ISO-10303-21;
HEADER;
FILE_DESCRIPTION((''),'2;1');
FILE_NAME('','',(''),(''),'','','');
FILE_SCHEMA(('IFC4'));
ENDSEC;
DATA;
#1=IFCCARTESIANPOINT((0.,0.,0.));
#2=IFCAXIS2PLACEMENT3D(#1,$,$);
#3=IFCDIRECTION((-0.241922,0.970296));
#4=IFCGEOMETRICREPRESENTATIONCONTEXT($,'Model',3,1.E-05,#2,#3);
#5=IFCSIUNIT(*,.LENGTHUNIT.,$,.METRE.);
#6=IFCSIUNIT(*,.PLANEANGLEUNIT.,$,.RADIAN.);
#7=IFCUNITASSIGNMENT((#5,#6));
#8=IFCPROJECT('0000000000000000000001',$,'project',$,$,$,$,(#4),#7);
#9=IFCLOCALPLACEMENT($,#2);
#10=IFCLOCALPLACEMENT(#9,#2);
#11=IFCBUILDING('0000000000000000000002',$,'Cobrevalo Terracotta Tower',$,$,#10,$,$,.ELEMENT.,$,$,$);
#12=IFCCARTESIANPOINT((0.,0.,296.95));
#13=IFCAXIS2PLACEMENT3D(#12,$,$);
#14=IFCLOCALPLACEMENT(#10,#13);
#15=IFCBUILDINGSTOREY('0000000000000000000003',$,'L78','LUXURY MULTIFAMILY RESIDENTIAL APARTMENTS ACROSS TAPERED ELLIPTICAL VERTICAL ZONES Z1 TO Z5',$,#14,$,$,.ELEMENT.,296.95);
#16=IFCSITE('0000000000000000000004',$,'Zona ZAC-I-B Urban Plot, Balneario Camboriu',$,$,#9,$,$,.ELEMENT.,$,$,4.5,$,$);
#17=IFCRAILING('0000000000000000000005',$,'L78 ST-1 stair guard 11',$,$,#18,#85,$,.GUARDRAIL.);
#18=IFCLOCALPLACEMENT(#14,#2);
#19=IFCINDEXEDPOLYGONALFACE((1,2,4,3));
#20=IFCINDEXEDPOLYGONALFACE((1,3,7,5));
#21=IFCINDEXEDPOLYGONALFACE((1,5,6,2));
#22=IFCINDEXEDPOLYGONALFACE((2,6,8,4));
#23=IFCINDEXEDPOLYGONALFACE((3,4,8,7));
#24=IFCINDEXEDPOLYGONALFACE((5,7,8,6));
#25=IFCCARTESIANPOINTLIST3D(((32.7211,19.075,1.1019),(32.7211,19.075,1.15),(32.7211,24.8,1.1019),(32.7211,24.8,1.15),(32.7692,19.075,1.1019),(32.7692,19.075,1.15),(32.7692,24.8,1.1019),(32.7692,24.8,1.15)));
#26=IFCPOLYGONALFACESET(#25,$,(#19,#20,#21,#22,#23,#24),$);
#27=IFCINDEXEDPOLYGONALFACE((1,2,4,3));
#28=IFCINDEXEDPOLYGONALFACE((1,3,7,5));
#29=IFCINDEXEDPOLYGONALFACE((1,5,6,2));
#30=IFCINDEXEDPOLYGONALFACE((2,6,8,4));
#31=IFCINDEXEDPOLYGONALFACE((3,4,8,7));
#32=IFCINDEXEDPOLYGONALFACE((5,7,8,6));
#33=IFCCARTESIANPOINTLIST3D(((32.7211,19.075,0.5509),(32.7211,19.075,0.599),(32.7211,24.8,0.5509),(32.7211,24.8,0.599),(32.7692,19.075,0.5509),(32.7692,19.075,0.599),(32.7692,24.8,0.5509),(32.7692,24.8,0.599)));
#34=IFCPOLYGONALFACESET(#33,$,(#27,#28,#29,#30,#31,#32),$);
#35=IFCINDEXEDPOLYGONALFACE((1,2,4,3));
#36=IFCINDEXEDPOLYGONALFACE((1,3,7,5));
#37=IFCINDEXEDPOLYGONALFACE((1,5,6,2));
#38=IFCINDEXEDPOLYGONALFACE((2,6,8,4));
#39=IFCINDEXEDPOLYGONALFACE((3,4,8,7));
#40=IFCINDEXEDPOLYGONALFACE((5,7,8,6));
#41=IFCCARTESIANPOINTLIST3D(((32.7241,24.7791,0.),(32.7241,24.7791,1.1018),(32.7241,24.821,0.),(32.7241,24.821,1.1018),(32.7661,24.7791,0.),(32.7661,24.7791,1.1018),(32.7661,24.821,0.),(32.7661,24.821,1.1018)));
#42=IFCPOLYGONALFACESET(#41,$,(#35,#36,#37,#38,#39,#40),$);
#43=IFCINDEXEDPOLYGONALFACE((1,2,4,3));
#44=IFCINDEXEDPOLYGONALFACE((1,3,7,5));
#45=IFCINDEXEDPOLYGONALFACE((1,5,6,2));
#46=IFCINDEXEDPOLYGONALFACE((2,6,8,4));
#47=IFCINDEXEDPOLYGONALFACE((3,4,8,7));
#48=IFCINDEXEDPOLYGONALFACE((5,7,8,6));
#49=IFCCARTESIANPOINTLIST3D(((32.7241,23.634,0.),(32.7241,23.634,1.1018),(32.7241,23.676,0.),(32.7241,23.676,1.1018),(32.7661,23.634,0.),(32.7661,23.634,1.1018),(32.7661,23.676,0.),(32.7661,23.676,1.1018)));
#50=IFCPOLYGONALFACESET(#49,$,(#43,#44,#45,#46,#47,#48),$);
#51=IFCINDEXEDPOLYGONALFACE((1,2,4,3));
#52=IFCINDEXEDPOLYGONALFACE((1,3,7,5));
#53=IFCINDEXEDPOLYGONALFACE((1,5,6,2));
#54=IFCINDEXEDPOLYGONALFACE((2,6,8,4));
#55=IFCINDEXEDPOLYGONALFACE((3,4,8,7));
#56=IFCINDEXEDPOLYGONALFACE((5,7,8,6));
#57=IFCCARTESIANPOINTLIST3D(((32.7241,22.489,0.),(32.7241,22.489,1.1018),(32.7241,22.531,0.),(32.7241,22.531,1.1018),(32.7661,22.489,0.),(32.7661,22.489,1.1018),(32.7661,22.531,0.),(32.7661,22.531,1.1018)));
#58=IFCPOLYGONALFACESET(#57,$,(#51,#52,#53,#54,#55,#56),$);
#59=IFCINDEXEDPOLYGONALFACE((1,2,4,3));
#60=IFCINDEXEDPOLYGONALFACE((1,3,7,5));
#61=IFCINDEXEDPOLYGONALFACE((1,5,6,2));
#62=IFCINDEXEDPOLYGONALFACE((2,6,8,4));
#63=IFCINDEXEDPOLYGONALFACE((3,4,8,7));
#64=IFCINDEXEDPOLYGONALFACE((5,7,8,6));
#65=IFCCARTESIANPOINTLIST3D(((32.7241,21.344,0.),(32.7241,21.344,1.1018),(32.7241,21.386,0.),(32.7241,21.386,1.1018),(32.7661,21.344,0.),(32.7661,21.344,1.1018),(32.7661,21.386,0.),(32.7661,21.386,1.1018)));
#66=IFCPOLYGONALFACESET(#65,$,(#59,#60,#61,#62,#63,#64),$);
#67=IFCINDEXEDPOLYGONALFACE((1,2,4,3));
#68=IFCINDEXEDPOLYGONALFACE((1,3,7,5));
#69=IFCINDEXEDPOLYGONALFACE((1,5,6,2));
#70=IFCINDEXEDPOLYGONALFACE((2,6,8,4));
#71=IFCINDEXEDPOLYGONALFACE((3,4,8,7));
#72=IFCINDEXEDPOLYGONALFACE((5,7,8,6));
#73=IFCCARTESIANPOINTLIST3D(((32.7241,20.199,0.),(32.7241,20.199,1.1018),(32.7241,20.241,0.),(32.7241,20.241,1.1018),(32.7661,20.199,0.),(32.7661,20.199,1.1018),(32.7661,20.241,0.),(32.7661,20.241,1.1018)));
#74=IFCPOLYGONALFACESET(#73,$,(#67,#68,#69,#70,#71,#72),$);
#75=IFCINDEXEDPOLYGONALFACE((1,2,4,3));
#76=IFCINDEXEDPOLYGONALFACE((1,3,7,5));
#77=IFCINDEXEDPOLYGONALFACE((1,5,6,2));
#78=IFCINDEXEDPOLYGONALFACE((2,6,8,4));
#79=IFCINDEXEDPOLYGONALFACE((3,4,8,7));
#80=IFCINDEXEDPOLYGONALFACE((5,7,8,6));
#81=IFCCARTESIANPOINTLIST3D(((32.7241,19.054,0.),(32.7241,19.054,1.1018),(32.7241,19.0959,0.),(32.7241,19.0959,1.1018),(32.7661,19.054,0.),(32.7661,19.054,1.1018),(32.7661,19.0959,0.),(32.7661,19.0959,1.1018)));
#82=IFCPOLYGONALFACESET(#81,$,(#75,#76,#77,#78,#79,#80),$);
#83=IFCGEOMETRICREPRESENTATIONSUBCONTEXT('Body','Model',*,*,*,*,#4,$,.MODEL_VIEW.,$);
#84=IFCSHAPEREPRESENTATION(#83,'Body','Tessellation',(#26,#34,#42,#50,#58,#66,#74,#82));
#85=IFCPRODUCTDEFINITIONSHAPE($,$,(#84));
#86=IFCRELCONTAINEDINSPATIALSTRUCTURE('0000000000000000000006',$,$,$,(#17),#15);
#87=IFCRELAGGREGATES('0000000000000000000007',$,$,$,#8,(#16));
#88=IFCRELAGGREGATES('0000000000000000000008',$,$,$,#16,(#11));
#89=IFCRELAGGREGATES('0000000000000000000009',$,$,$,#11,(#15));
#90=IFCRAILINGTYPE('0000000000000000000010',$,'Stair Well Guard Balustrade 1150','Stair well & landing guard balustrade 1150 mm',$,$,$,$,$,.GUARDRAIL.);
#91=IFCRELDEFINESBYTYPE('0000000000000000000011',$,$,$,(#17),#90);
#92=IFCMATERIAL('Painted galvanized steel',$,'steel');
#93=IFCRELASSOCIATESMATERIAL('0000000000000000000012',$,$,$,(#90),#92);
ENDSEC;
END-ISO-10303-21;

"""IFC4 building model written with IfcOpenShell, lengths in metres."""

from ifc_helpers import new_model, si_unit, direction, frame, origin, origin_2d, place, context, subcontext, project, spatial, rectangle, extrude, material, type_object, element, save


model = new_model("IFC4")

# Units and contexts
model_context = context("Model", 3, precision=1e-05, world=origin(), true_north=direction((-0.241922, 0.970296)))
body_context = subcontext(model_context, "Body", "Model", "MODEL_VIEW")
ifc_project = project(units=[si_unit("LENGTHUNIT", "METRE"), si_unit("PLANEANGLEUNIT", "RADIAN")], contexts=[model_context])

# Site, building, storey
site_placement = place(None, origin())
site = spatial("IfcSite", under=ifc_project, at=site_placement, Name="Zona ZAC-I-B Urban Plot, Balneario Camboriu", CompositionType="ELEMENT", RefElevation=4.5)
building_placement = place(site_placement, origin())
building = spatial("IfcBuilding", under=site, at=building_placement, Name="Cobrevalo Terracotta Tower", CompositionType="ELEMENT")
storey_placement = place(building_placement, frame((0.0, 0.0, 296.95)))
storey = spatial("IfcBuildingStorey", under=building, at=storey_placement, Name="L78", Description="LUXURY MULTIFAMILY RESIDENTIAL APARTMENTS ACROSS TAPERED ELLIPTICAL VERTICAL ZONES Z1 TO Z5", CompositionType="ELEMENT", Elevation=296.95)

# Railing
ifc_material_1 = material(Name="Painted galvanized steel", Category="steel")
railing_type_1 = type_object("IfcRailingType", Name="Stair Well Guard Balustrade 1150", Description="Stair well & landing guard balustrade 1150 mm", PredefinedType="GUARDRAIL", material=ifc_material_1)
for number, where, name in (
    (1, (32.7451, 24.8, 0.0), "L78 ST-1 stair guard 11"),
):
    element("IfcRailing", number, at=place(storey_placement, frame(where)), inside=storey, type_object=railing_type_1, Name=name, PredefinedType="GUARDRAIL", context=body_context, shape_type="SweptSolid", body=[
        extrude(rectangle(XDim=0.0481, YDim=0.0481, at=origin_2d()), frame((0.0, 0.0, 1.126), z_axis=(0.0, -1.0, 0.0), x_axis=(1.0, 0.0, 0.0)), (0.0, 0.0, 1.0), 5.7251),
        extrude(rectangle(XDim=0.0481, YDim=0.0481, at=origin_2d()), frame((0.0, 0.0, 0.575), z_axis=(0.0, -1.0, 0.0), x_axis=(1.0, 0.0, 0.0)), (0.0, 0.0, 1.0), 5.7251),
        extrude(rectangle(XDim=0.042, YDim=0.042, at=origin_2d()), origin(), (0.0, 0.0, 1.0), 1.1018),
        extrude(rectangle(XDim=0.042, YDim=0.042, at=origin_2d()), frame((0.0, -1.145, 0.0)), (0.0, 0.0, 1.0), 1.1018),
        extrude(rectangle(XDim=0.042, YDim=0.042, at=origin_2d()), frame((0.0, -2.29, 0.0)), (0.0, 0.0, 1.0), 1.1018),
        extrude(rectangle(XDim=0.042, YDim=0.042, at=origin_2d()), frame((0.0, -3.4351, 0.0)), (0.0, 0.0, 1.0), 1.1018),
        extrude(rectangle(XDim=0.042, YDim=0.042, at=origin_2d()), frame((0.0, -4.5801, 0.0)), (0.0, 0.0, 1.0), 1.1018),
        extrude(rectangle(XDim=0.042, YDim=0.042, at=origin_2d()), frame((0.0, -5.7251, 0.0)), (0.0, 0.0, 1.0), 1.1018),
    ])

save(model, "model.ifc")
